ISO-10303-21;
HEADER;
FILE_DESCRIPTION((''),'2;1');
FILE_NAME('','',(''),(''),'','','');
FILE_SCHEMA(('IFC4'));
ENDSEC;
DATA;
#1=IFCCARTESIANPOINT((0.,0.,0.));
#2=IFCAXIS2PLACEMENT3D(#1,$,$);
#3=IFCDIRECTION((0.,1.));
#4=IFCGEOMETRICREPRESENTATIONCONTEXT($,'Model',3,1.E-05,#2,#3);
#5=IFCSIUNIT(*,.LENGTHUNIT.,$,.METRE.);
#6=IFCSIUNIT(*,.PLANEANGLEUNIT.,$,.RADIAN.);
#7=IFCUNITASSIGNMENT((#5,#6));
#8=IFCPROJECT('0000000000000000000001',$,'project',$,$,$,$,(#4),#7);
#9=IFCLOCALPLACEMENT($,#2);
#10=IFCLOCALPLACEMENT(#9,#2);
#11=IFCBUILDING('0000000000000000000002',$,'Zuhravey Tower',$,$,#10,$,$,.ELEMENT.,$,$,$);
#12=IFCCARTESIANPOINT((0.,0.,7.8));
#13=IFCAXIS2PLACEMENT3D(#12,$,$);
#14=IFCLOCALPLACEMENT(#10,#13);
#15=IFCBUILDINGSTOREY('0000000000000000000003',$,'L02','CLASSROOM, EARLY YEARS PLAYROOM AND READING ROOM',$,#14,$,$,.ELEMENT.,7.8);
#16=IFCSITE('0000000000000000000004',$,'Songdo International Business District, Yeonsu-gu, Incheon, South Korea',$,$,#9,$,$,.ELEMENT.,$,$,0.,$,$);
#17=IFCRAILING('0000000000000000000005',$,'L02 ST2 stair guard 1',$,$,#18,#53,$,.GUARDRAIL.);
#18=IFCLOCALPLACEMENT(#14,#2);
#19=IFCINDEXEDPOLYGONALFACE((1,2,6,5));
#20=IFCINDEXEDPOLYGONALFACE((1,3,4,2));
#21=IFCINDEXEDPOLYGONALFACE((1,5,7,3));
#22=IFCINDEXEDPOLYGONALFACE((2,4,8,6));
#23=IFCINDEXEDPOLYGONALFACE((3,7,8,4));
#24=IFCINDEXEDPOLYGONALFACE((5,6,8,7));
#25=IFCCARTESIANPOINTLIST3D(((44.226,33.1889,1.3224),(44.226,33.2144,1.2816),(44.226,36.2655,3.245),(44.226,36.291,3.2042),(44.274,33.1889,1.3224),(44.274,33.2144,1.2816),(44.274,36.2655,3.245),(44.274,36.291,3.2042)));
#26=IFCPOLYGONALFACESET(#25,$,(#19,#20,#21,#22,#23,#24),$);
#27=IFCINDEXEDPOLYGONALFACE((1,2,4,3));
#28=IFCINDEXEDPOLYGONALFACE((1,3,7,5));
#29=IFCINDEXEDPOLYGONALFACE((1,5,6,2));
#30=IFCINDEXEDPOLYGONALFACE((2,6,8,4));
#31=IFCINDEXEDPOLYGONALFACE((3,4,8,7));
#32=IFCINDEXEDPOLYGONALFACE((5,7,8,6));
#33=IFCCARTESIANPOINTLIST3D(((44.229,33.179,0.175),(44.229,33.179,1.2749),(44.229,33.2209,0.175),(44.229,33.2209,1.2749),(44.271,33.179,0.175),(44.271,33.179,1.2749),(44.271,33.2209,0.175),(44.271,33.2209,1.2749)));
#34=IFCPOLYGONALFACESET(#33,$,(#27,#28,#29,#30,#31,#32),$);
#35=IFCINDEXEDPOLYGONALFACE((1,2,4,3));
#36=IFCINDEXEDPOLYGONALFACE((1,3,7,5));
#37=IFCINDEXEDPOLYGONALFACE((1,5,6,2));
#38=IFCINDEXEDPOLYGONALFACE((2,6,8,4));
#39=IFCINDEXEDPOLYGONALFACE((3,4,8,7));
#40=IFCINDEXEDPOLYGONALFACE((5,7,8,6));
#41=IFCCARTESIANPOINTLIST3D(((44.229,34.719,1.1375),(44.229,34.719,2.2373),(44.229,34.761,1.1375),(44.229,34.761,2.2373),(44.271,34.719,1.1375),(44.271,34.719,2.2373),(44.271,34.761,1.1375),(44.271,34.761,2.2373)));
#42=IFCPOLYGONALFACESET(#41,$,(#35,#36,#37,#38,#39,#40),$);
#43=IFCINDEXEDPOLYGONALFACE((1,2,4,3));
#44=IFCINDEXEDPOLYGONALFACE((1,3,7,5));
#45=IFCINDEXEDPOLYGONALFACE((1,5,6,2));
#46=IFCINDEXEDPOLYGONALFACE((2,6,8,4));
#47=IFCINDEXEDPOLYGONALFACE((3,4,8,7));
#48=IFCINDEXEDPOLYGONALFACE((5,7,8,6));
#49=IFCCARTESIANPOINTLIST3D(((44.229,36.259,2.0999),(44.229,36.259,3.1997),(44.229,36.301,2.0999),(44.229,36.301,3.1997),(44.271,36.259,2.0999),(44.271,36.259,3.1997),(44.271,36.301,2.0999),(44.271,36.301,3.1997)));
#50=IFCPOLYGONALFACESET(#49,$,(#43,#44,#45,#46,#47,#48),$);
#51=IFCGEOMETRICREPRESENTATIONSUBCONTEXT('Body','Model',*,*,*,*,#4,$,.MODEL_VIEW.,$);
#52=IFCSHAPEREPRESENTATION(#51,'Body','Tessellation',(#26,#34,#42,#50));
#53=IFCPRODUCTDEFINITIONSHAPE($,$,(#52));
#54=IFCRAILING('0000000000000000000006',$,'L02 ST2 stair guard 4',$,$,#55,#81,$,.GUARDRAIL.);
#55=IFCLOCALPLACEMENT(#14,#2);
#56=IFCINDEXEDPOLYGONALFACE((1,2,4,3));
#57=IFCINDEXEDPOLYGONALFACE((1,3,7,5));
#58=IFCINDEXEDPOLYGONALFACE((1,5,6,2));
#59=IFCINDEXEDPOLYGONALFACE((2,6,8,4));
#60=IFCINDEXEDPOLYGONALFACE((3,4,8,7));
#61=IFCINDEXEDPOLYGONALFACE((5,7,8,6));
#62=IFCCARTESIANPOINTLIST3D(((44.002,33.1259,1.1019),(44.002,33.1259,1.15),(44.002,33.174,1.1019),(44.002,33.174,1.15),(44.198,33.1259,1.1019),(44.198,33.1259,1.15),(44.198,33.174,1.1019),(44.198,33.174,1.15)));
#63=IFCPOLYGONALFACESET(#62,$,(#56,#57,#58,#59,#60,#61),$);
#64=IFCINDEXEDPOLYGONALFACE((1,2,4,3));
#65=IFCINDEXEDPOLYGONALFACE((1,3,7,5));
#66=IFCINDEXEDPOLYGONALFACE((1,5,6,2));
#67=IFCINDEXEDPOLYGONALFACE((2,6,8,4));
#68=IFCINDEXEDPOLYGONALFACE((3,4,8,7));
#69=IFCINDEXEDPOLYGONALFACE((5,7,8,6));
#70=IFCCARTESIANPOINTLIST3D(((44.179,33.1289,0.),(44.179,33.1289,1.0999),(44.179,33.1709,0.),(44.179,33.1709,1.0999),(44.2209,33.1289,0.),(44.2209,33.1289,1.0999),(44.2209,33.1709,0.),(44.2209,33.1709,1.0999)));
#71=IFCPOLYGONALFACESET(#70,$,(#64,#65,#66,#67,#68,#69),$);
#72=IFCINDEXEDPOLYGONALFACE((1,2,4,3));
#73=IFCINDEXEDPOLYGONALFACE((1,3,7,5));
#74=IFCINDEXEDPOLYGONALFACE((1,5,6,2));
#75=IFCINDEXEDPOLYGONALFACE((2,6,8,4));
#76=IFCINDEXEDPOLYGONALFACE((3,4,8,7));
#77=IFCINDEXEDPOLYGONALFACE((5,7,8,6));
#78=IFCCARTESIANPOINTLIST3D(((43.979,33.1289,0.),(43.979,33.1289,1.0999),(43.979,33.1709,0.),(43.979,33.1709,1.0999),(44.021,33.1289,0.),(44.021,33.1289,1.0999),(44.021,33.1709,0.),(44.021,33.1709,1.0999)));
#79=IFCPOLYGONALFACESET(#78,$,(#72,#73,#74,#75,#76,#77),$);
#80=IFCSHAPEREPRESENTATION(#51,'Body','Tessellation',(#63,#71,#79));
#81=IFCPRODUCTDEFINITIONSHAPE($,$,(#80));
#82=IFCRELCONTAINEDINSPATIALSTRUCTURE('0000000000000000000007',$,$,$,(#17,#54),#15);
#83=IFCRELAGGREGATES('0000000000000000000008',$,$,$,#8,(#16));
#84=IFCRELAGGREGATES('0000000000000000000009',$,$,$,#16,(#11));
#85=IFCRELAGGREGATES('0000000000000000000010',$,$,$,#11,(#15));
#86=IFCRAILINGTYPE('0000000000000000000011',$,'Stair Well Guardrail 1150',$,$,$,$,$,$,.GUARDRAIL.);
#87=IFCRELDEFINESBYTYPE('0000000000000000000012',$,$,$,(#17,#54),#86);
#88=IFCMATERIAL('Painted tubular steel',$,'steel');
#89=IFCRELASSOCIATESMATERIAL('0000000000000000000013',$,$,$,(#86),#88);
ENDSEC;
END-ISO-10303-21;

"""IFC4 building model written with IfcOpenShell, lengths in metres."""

from ifc_helpers import new_model, si_unit, direction, frame, origin, origin_2d, place, context, subcontext, project, spatial, rectangle, extrude, material, type_object, element, save


model = new_model("IFC4")

# Units and contexts
model_context = context("Model", 3, precision=1e-05, world=origin(), true_north=direction((0.0, 1.0)))
body_context = subcontext(model_context, "Body", "Model", "MODEL_VIEW")
ifc_project = project(units=[si_unit("LENGTHUNIT", "METRE"), si_unit("PLANEANGLEUNIT", "RADIAN")], contexts=[model_context])

# Site, building, storey
site_placement = place(None, origin())
site = spatial("IfcSite", under=ifc_project, at=site_placement, Name="Songdo International Business District, Yeonsu-gu, Incheon, South Korea", CompositionType="ELEMENT", RefElevation=0.0)
building_placement = place(site_placement, origin())
building = spatial("IfcBuilding", under=site, at=building_placement, Name="Zuhravey Tower", CompositionType="ELEMENT")
storey_placement = place(building_placement, frame((0.0, 0.0, 7.8)))
storey = spatial("IfcBuildingStorey", under=building, at=storey_placement, Name="L02", Description="CLASSROOM, EARLY YEARS PLAYROOM AND READING ROOM", CompositionType="ELEMENT", Elevation=7.8)

# Railings
ifc_material_1 = material(Name="Painted tubular steel", Category="steel")
railing_type_1 = type_object("IfcRailingType", Name="Stair Well Guardrail 1150", PredefinedType="GUARDRAIL", material=ifc_material_1)
railing_1_placement = place(storey_placement, frame((44.25, 33.2, 0.175)))
element("IfcRailing", 1, at=railing_1_placement, inside=storey, type_object=railing_type_1, Name="L02 ST2 stair guard 1", PredefinedType="GUARDRAIL", context=body_context, shape_type="SweptSolid", body=[
    extrude(rectangle(XDim=0.0481, YDim=0.0481, at=origin_2d()), frame((0.0, 0.0017, 1.127), z_axis=(0.0, 0.848029, 0.529951), x_axis=(-1.0, 0.0, 0.0)), (0.0, 0.0, 1.0), 3.6279),
    extrude(rectangle(XDim=0.042, YDim=0.042, at=origin_2d()), origin(), (0.0, 0.0, 1.0), 1.0999),
    extrude(rectangle(XDim=0.042, YDim=0.042, at=origin_2d()), frame((0.0, 1.54, 0.9624)), (0.0, 0.0, 1.0), 1.0999),
    extrude(rectangle(XDim=0.042, YDim=0.042, at=origin_2d()), frame((0.0, 3.0801, 1.9248)), (0.0, 0.0, 1.0), 1.0999),
])
railing_2_placement = place(storey_placement, frame((44.2, 33.1499, 0.0)))
element("IfcRailing", 2, at=railing_2_placement, inside=storey, type_object=railing_type_1, Name="L02 ST2 stair guard 4", PredefinedType="GUARDRAIL", context=body_context, shape_type="SweptSolid", body=[
    extrude(rectangle(XDim=0.0481, YDim=0.0481, at=origin_2d()), frame((-0.002, 0.0, 1.126), z_axis=(-1.0, 0.0, 0.0), x_axis=(0.0, -1.0, 0.0)), (0.0, 0.0, 1.0), 0.196),
    extrude(rectangle(XDim=0.042, YDim=0.042, at=origin_2d()), origin(), (0.0, 0.0, 1.0), 1.0999),
    extrude(rectangle(XDim=0.042, YDim=0.042, at=origin_2d()), frame((-0.2, 0.0, 0.0)), (0.0, 0.0, 1.0), 1.0999),
])

save(model, "model.ifc")
